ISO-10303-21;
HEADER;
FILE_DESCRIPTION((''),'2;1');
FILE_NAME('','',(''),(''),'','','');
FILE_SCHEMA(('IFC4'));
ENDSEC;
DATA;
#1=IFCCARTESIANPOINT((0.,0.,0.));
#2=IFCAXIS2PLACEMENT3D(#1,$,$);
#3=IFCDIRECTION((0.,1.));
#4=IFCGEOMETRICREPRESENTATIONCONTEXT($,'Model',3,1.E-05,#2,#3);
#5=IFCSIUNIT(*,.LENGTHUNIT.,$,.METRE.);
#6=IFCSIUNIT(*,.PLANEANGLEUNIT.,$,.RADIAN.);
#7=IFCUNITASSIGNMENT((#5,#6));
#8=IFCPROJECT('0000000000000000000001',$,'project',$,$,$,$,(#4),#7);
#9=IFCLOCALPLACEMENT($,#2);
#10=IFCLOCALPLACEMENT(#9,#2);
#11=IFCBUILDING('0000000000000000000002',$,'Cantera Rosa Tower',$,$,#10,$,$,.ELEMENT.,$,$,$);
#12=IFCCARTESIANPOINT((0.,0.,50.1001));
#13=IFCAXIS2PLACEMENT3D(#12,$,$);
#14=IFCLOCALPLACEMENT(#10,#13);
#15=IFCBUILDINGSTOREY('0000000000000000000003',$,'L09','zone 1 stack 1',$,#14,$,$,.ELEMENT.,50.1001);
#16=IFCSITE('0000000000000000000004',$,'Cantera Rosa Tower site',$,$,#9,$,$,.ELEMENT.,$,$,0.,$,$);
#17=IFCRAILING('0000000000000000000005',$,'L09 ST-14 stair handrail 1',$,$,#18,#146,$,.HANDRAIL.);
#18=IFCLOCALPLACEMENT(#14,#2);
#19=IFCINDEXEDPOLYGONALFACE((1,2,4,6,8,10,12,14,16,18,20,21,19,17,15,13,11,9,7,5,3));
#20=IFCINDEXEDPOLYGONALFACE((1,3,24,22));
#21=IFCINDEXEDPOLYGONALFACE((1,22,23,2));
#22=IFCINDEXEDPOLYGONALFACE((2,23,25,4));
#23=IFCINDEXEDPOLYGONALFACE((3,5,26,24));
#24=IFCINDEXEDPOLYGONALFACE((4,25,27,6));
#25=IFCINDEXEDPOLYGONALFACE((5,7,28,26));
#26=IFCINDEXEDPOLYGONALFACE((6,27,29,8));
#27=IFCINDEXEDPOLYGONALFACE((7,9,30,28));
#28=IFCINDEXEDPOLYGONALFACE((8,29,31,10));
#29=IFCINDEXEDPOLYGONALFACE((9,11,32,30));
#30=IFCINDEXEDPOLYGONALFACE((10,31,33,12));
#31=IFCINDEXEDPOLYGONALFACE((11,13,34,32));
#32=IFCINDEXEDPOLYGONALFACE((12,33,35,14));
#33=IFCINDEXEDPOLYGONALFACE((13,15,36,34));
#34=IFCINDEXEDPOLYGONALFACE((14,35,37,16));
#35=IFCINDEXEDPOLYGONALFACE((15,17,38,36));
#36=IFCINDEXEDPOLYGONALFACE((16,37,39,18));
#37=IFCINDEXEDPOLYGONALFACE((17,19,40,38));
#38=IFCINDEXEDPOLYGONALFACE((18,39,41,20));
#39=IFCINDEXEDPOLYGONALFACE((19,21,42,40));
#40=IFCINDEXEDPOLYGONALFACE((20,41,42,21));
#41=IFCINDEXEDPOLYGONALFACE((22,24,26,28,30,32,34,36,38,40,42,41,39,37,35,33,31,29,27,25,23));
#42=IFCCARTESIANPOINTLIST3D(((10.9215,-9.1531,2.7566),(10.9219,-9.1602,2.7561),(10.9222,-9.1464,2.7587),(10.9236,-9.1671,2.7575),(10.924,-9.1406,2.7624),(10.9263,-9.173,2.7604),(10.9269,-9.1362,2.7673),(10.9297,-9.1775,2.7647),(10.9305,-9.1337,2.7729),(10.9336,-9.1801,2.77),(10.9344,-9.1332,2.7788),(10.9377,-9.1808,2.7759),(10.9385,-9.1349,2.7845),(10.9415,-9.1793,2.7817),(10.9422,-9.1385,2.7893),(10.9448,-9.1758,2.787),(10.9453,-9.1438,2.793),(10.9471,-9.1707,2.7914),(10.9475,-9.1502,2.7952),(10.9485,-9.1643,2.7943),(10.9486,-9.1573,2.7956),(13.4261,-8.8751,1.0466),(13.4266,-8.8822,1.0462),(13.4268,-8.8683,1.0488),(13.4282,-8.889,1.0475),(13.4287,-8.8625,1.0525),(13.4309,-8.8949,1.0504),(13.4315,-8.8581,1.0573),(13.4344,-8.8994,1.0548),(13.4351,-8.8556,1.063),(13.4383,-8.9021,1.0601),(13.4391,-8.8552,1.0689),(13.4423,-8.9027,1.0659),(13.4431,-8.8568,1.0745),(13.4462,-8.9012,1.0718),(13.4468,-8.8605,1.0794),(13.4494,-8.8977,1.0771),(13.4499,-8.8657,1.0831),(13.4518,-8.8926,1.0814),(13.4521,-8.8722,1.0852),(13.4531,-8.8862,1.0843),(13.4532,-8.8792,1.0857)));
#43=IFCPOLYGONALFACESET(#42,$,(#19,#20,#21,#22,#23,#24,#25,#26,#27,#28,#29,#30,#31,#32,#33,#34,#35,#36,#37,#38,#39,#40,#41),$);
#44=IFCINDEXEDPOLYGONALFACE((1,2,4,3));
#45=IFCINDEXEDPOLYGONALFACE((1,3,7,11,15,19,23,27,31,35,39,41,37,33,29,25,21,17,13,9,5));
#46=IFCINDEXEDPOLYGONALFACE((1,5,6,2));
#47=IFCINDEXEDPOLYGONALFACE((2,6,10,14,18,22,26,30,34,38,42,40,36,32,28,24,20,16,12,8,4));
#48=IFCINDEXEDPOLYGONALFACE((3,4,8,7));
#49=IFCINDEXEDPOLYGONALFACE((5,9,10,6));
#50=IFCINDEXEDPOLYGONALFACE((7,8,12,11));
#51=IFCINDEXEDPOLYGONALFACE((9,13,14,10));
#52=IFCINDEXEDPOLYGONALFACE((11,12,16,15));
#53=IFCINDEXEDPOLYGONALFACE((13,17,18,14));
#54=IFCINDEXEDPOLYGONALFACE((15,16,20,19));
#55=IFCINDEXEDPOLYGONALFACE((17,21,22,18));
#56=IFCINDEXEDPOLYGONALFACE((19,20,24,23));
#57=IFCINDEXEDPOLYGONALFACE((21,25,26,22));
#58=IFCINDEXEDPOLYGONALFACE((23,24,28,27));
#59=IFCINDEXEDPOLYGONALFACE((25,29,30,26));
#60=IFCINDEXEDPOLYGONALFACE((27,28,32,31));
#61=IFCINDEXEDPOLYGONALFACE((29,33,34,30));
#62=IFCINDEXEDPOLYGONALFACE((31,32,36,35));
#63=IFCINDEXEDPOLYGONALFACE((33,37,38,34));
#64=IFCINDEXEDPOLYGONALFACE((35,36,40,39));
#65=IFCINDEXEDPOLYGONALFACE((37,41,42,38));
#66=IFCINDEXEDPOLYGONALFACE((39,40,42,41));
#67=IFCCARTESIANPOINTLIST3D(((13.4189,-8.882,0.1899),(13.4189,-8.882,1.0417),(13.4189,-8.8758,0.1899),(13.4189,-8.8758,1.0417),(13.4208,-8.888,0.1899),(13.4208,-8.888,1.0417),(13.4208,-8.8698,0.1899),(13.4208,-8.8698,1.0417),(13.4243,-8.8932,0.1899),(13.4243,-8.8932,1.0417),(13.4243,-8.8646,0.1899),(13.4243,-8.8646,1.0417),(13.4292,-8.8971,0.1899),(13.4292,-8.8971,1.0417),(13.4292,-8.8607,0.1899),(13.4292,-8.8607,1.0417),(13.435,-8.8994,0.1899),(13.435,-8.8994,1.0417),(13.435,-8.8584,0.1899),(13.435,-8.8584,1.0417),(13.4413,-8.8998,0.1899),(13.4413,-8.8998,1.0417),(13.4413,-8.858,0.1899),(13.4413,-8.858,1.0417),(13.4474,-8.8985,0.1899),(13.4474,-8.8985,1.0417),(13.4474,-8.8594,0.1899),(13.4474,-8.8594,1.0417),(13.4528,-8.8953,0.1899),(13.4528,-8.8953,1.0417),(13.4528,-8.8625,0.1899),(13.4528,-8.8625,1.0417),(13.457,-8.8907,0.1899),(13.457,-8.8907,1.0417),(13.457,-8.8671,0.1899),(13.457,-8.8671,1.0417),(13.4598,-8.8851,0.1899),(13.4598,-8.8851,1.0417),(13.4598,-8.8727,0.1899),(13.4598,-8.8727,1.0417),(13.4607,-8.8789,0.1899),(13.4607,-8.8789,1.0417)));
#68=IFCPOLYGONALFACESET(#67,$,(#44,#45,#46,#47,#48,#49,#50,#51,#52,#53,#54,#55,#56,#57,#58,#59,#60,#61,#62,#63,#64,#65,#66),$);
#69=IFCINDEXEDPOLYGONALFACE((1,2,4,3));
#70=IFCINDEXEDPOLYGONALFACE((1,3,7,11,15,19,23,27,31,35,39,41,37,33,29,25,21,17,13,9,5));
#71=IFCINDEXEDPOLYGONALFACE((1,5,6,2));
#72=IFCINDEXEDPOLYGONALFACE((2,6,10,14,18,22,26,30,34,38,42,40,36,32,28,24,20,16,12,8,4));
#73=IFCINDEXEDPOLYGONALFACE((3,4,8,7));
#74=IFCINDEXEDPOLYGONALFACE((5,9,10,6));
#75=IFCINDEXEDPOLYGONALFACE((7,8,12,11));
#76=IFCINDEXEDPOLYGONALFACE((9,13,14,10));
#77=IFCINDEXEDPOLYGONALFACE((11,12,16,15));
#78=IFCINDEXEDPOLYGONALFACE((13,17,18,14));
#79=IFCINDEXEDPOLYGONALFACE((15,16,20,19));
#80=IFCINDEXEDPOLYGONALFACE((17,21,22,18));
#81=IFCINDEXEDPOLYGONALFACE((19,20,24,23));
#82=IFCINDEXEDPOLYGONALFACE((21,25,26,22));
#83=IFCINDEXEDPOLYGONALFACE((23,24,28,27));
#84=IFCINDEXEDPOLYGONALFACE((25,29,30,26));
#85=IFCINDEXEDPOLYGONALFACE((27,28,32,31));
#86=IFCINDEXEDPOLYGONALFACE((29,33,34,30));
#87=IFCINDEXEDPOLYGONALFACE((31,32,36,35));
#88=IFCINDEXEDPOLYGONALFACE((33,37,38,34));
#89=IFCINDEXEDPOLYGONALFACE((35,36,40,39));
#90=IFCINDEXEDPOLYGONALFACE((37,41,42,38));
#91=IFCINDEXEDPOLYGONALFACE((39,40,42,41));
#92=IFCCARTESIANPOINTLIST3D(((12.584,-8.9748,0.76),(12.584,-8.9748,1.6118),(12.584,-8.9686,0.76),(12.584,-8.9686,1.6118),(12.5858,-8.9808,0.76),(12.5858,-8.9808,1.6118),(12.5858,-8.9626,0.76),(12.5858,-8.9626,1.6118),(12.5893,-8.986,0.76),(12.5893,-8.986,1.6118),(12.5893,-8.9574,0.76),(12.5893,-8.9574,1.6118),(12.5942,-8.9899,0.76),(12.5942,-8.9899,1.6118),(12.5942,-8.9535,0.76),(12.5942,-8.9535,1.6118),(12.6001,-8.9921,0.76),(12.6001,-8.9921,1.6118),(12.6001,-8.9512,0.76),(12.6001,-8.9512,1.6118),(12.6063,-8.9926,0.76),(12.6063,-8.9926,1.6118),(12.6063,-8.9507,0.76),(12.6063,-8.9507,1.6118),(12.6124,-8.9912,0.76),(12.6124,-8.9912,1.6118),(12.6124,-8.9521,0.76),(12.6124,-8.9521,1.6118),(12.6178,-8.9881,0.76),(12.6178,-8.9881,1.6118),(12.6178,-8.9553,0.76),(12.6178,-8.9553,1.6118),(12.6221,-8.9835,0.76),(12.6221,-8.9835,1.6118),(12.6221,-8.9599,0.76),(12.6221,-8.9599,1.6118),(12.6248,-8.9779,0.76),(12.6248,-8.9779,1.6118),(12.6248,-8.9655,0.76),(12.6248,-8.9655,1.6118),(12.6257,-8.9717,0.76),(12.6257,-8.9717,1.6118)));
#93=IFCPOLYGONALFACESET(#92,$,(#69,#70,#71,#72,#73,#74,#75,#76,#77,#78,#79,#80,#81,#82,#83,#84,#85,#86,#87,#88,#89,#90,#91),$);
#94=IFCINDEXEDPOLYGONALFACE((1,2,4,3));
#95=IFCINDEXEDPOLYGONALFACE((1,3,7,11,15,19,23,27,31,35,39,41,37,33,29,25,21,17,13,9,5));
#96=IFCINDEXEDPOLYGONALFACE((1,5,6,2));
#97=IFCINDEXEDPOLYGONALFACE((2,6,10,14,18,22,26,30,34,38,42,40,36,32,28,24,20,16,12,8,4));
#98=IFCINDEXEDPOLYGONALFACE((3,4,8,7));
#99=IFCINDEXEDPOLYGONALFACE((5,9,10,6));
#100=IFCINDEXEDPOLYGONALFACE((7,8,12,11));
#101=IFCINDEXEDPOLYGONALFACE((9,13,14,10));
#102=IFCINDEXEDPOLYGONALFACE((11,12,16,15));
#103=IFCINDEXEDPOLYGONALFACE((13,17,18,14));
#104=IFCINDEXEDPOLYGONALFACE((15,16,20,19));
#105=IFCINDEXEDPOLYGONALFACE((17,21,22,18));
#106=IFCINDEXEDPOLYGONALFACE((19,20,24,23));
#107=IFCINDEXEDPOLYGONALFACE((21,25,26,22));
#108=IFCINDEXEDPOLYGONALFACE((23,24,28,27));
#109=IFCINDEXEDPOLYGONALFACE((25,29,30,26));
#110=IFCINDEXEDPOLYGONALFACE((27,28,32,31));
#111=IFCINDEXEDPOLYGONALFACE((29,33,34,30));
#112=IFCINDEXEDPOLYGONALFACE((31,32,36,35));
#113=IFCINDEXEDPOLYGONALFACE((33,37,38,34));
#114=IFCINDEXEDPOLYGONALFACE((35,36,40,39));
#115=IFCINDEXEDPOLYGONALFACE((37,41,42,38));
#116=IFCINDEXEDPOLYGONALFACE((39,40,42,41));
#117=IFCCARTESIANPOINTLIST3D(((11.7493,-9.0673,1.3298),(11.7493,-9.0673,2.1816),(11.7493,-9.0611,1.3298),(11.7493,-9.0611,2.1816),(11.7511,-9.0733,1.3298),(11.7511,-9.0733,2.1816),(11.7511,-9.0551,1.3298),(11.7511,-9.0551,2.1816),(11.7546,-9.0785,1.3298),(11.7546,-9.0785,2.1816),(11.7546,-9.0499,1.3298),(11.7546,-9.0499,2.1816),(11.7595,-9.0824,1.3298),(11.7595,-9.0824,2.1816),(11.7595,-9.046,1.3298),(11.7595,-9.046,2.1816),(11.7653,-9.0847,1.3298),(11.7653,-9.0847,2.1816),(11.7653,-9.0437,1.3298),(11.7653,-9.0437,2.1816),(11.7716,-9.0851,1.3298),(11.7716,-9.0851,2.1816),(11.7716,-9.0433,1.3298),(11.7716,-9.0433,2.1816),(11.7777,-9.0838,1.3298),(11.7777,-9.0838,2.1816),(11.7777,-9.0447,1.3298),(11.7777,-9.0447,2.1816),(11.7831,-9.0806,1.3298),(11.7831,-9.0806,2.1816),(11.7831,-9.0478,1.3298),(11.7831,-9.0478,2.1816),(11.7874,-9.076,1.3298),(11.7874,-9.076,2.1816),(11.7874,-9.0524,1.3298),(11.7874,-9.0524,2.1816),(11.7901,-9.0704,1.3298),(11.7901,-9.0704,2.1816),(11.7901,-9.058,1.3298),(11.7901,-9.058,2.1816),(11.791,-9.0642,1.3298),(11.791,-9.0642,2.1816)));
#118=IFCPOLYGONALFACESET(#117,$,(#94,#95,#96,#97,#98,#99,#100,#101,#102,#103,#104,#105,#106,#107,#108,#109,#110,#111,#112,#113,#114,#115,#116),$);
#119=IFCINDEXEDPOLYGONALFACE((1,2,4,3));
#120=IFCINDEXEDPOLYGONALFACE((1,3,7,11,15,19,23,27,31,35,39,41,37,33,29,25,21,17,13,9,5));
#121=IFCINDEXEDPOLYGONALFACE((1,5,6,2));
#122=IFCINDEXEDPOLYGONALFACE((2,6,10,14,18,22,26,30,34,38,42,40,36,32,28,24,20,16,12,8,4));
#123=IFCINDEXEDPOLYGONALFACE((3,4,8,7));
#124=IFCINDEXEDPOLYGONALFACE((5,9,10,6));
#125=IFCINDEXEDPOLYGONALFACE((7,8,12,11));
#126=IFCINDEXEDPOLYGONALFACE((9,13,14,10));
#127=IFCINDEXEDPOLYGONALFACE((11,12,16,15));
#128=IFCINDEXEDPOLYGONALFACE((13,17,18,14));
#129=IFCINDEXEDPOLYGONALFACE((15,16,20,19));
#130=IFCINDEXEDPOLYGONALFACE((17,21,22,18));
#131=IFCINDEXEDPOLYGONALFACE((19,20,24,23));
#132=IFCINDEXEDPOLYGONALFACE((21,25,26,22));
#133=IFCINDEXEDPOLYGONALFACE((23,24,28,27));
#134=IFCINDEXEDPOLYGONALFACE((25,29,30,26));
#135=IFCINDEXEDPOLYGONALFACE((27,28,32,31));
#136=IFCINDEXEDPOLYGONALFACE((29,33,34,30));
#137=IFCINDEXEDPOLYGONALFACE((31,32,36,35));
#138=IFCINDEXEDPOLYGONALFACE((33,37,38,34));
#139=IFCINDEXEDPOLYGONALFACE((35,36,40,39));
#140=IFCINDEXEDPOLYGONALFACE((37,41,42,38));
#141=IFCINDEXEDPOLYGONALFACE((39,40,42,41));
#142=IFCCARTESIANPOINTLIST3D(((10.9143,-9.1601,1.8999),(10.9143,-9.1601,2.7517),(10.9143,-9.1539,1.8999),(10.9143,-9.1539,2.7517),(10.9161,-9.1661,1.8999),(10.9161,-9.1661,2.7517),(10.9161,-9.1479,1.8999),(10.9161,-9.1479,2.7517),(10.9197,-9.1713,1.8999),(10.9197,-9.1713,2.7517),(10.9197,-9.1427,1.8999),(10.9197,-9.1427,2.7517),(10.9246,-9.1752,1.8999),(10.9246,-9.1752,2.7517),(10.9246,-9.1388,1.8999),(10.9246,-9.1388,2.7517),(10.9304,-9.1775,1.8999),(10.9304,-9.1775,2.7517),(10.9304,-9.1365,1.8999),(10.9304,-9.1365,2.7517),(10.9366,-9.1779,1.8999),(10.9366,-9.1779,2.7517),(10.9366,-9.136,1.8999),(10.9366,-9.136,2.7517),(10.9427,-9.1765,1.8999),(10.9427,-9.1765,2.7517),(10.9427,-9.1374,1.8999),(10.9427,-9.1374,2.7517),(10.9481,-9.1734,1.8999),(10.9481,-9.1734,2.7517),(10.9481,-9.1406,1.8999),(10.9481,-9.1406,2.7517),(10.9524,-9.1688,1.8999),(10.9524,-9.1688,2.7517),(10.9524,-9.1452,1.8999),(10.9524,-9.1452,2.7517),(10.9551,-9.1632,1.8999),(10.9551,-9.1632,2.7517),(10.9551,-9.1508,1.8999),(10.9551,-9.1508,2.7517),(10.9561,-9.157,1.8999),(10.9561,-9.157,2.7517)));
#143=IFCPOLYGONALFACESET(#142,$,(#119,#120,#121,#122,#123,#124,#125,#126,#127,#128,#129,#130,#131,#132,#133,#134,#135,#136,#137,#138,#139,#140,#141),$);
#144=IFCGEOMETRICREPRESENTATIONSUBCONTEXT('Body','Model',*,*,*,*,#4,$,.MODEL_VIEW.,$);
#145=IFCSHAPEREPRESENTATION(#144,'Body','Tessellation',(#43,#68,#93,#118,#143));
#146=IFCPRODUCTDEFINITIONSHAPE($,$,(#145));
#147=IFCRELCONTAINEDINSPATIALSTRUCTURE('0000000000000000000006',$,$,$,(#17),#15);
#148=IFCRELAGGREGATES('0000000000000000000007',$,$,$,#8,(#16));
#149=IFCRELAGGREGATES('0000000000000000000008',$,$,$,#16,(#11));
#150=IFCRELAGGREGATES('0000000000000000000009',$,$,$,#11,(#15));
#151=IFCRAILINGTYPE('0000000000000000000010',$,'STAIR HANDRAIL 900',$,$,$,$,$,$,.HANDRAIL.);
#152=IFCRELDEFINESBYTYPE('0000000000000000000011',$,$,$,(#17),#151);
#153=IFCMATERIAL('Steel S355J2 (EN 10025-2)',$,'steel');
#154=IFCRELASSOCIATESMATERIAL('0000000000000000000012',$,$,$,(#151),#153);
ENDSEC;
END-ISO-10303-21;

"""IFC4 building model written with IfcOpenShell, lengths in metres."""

from ifc_helpers import new_model, si_unit, direction, frame, origin, origin_2d, place, context, subcontext, project, spatial, circle, extrude, material, type_object, element, save


model = new_model("IFC4")

# Units and contexts
model_context = context("Model", 3, precision=1e-05, world=origin(), true_north=direction((0.0, 1.0)))
body_context = subcontext(model_context, "Body", "Model", "MODEL_VIEW")
ifc_project = project(units=[si_unit("LENGTHUNIT", "METRE"), si_unit("PLANEANGLEUNIT", "RADIAN")], contexts=[model_context])

# Site, building, storey
site_placement = place(None, origin())
site = spatial("IfcSite", under=ifc_project, at=site_placement, Name="Cantera Rosa Tower site", CompositionType="ELEMENT", RefElevation=0.0)
building_placement = place(site_placement, origin())
building = spatial("IfcBuilding", under=site, at=building_placement, Name="Cantera Rosa Tower", CompositionType="ELEMENT")
storey_placement = place(building_placement, frame((0.0, 0.0, 50.1001)))
storey = spatial("IfcBuildingStorey", under=building, at=storey_placement, Name="L09", Description="zone 1 stack 1", CompositionType="ELEMENT", Elevation=50.1001)

# Railing
ifc_material_1 = material(Name="Steel S355J2 (EN 10025-2)", Category="steel")
railing_type_1 = type_object("IfcRailingType", Name="STAIR HANDRAIL 900", PredefinedType="HANDRAIL", material=ifc_material_1)
railing_1_placement = place(storey_placement, frame((13.4397, -8.8789, 0.1899)))
element("IfcRailing", 1, at=railing_1_placement, inside=storey, type_object=railing_type_1, Name="L09 ST-14 stair handrail 1", PredefinedType="HANDRAIL", context=body_context, shape_type="SweptSolid", body=[
    extrude(circle(Radius=0.0239, at=origin_2d()), frame((0.0, 0.0, 0.876), z_axis=(-0.822431, -0.09131, 0.561488), x_axis=(0.110346, -0.993893, 0.0)), (0.0, 0.0, 1.0), 3.0454),
    extrude(circle(Radius=0.021, at=origin_2d()), origin(), (0.0, 0.0, 1.0), 0.8518),
    extrude(circle(Radius=0.021, at=origin_2d()), frame((-0.835, -0.0928, 0.5701)), (0.0, 0.0, 1.0), 0.8518),
    extrude(circle(Radius=0.021, at=origin_2d()), frame((-1.6697, -0.1853, 1.1399)), (0.0, 0.0, 1.0), 0.8518),
    extrude(circle(Radius=0.021, at=origin_2d()), frame((-2.5046, -0.2781, 1.71)), (0.0, 0.0, 1.0), 0.8518),
])

save(model, "model.ifc")
